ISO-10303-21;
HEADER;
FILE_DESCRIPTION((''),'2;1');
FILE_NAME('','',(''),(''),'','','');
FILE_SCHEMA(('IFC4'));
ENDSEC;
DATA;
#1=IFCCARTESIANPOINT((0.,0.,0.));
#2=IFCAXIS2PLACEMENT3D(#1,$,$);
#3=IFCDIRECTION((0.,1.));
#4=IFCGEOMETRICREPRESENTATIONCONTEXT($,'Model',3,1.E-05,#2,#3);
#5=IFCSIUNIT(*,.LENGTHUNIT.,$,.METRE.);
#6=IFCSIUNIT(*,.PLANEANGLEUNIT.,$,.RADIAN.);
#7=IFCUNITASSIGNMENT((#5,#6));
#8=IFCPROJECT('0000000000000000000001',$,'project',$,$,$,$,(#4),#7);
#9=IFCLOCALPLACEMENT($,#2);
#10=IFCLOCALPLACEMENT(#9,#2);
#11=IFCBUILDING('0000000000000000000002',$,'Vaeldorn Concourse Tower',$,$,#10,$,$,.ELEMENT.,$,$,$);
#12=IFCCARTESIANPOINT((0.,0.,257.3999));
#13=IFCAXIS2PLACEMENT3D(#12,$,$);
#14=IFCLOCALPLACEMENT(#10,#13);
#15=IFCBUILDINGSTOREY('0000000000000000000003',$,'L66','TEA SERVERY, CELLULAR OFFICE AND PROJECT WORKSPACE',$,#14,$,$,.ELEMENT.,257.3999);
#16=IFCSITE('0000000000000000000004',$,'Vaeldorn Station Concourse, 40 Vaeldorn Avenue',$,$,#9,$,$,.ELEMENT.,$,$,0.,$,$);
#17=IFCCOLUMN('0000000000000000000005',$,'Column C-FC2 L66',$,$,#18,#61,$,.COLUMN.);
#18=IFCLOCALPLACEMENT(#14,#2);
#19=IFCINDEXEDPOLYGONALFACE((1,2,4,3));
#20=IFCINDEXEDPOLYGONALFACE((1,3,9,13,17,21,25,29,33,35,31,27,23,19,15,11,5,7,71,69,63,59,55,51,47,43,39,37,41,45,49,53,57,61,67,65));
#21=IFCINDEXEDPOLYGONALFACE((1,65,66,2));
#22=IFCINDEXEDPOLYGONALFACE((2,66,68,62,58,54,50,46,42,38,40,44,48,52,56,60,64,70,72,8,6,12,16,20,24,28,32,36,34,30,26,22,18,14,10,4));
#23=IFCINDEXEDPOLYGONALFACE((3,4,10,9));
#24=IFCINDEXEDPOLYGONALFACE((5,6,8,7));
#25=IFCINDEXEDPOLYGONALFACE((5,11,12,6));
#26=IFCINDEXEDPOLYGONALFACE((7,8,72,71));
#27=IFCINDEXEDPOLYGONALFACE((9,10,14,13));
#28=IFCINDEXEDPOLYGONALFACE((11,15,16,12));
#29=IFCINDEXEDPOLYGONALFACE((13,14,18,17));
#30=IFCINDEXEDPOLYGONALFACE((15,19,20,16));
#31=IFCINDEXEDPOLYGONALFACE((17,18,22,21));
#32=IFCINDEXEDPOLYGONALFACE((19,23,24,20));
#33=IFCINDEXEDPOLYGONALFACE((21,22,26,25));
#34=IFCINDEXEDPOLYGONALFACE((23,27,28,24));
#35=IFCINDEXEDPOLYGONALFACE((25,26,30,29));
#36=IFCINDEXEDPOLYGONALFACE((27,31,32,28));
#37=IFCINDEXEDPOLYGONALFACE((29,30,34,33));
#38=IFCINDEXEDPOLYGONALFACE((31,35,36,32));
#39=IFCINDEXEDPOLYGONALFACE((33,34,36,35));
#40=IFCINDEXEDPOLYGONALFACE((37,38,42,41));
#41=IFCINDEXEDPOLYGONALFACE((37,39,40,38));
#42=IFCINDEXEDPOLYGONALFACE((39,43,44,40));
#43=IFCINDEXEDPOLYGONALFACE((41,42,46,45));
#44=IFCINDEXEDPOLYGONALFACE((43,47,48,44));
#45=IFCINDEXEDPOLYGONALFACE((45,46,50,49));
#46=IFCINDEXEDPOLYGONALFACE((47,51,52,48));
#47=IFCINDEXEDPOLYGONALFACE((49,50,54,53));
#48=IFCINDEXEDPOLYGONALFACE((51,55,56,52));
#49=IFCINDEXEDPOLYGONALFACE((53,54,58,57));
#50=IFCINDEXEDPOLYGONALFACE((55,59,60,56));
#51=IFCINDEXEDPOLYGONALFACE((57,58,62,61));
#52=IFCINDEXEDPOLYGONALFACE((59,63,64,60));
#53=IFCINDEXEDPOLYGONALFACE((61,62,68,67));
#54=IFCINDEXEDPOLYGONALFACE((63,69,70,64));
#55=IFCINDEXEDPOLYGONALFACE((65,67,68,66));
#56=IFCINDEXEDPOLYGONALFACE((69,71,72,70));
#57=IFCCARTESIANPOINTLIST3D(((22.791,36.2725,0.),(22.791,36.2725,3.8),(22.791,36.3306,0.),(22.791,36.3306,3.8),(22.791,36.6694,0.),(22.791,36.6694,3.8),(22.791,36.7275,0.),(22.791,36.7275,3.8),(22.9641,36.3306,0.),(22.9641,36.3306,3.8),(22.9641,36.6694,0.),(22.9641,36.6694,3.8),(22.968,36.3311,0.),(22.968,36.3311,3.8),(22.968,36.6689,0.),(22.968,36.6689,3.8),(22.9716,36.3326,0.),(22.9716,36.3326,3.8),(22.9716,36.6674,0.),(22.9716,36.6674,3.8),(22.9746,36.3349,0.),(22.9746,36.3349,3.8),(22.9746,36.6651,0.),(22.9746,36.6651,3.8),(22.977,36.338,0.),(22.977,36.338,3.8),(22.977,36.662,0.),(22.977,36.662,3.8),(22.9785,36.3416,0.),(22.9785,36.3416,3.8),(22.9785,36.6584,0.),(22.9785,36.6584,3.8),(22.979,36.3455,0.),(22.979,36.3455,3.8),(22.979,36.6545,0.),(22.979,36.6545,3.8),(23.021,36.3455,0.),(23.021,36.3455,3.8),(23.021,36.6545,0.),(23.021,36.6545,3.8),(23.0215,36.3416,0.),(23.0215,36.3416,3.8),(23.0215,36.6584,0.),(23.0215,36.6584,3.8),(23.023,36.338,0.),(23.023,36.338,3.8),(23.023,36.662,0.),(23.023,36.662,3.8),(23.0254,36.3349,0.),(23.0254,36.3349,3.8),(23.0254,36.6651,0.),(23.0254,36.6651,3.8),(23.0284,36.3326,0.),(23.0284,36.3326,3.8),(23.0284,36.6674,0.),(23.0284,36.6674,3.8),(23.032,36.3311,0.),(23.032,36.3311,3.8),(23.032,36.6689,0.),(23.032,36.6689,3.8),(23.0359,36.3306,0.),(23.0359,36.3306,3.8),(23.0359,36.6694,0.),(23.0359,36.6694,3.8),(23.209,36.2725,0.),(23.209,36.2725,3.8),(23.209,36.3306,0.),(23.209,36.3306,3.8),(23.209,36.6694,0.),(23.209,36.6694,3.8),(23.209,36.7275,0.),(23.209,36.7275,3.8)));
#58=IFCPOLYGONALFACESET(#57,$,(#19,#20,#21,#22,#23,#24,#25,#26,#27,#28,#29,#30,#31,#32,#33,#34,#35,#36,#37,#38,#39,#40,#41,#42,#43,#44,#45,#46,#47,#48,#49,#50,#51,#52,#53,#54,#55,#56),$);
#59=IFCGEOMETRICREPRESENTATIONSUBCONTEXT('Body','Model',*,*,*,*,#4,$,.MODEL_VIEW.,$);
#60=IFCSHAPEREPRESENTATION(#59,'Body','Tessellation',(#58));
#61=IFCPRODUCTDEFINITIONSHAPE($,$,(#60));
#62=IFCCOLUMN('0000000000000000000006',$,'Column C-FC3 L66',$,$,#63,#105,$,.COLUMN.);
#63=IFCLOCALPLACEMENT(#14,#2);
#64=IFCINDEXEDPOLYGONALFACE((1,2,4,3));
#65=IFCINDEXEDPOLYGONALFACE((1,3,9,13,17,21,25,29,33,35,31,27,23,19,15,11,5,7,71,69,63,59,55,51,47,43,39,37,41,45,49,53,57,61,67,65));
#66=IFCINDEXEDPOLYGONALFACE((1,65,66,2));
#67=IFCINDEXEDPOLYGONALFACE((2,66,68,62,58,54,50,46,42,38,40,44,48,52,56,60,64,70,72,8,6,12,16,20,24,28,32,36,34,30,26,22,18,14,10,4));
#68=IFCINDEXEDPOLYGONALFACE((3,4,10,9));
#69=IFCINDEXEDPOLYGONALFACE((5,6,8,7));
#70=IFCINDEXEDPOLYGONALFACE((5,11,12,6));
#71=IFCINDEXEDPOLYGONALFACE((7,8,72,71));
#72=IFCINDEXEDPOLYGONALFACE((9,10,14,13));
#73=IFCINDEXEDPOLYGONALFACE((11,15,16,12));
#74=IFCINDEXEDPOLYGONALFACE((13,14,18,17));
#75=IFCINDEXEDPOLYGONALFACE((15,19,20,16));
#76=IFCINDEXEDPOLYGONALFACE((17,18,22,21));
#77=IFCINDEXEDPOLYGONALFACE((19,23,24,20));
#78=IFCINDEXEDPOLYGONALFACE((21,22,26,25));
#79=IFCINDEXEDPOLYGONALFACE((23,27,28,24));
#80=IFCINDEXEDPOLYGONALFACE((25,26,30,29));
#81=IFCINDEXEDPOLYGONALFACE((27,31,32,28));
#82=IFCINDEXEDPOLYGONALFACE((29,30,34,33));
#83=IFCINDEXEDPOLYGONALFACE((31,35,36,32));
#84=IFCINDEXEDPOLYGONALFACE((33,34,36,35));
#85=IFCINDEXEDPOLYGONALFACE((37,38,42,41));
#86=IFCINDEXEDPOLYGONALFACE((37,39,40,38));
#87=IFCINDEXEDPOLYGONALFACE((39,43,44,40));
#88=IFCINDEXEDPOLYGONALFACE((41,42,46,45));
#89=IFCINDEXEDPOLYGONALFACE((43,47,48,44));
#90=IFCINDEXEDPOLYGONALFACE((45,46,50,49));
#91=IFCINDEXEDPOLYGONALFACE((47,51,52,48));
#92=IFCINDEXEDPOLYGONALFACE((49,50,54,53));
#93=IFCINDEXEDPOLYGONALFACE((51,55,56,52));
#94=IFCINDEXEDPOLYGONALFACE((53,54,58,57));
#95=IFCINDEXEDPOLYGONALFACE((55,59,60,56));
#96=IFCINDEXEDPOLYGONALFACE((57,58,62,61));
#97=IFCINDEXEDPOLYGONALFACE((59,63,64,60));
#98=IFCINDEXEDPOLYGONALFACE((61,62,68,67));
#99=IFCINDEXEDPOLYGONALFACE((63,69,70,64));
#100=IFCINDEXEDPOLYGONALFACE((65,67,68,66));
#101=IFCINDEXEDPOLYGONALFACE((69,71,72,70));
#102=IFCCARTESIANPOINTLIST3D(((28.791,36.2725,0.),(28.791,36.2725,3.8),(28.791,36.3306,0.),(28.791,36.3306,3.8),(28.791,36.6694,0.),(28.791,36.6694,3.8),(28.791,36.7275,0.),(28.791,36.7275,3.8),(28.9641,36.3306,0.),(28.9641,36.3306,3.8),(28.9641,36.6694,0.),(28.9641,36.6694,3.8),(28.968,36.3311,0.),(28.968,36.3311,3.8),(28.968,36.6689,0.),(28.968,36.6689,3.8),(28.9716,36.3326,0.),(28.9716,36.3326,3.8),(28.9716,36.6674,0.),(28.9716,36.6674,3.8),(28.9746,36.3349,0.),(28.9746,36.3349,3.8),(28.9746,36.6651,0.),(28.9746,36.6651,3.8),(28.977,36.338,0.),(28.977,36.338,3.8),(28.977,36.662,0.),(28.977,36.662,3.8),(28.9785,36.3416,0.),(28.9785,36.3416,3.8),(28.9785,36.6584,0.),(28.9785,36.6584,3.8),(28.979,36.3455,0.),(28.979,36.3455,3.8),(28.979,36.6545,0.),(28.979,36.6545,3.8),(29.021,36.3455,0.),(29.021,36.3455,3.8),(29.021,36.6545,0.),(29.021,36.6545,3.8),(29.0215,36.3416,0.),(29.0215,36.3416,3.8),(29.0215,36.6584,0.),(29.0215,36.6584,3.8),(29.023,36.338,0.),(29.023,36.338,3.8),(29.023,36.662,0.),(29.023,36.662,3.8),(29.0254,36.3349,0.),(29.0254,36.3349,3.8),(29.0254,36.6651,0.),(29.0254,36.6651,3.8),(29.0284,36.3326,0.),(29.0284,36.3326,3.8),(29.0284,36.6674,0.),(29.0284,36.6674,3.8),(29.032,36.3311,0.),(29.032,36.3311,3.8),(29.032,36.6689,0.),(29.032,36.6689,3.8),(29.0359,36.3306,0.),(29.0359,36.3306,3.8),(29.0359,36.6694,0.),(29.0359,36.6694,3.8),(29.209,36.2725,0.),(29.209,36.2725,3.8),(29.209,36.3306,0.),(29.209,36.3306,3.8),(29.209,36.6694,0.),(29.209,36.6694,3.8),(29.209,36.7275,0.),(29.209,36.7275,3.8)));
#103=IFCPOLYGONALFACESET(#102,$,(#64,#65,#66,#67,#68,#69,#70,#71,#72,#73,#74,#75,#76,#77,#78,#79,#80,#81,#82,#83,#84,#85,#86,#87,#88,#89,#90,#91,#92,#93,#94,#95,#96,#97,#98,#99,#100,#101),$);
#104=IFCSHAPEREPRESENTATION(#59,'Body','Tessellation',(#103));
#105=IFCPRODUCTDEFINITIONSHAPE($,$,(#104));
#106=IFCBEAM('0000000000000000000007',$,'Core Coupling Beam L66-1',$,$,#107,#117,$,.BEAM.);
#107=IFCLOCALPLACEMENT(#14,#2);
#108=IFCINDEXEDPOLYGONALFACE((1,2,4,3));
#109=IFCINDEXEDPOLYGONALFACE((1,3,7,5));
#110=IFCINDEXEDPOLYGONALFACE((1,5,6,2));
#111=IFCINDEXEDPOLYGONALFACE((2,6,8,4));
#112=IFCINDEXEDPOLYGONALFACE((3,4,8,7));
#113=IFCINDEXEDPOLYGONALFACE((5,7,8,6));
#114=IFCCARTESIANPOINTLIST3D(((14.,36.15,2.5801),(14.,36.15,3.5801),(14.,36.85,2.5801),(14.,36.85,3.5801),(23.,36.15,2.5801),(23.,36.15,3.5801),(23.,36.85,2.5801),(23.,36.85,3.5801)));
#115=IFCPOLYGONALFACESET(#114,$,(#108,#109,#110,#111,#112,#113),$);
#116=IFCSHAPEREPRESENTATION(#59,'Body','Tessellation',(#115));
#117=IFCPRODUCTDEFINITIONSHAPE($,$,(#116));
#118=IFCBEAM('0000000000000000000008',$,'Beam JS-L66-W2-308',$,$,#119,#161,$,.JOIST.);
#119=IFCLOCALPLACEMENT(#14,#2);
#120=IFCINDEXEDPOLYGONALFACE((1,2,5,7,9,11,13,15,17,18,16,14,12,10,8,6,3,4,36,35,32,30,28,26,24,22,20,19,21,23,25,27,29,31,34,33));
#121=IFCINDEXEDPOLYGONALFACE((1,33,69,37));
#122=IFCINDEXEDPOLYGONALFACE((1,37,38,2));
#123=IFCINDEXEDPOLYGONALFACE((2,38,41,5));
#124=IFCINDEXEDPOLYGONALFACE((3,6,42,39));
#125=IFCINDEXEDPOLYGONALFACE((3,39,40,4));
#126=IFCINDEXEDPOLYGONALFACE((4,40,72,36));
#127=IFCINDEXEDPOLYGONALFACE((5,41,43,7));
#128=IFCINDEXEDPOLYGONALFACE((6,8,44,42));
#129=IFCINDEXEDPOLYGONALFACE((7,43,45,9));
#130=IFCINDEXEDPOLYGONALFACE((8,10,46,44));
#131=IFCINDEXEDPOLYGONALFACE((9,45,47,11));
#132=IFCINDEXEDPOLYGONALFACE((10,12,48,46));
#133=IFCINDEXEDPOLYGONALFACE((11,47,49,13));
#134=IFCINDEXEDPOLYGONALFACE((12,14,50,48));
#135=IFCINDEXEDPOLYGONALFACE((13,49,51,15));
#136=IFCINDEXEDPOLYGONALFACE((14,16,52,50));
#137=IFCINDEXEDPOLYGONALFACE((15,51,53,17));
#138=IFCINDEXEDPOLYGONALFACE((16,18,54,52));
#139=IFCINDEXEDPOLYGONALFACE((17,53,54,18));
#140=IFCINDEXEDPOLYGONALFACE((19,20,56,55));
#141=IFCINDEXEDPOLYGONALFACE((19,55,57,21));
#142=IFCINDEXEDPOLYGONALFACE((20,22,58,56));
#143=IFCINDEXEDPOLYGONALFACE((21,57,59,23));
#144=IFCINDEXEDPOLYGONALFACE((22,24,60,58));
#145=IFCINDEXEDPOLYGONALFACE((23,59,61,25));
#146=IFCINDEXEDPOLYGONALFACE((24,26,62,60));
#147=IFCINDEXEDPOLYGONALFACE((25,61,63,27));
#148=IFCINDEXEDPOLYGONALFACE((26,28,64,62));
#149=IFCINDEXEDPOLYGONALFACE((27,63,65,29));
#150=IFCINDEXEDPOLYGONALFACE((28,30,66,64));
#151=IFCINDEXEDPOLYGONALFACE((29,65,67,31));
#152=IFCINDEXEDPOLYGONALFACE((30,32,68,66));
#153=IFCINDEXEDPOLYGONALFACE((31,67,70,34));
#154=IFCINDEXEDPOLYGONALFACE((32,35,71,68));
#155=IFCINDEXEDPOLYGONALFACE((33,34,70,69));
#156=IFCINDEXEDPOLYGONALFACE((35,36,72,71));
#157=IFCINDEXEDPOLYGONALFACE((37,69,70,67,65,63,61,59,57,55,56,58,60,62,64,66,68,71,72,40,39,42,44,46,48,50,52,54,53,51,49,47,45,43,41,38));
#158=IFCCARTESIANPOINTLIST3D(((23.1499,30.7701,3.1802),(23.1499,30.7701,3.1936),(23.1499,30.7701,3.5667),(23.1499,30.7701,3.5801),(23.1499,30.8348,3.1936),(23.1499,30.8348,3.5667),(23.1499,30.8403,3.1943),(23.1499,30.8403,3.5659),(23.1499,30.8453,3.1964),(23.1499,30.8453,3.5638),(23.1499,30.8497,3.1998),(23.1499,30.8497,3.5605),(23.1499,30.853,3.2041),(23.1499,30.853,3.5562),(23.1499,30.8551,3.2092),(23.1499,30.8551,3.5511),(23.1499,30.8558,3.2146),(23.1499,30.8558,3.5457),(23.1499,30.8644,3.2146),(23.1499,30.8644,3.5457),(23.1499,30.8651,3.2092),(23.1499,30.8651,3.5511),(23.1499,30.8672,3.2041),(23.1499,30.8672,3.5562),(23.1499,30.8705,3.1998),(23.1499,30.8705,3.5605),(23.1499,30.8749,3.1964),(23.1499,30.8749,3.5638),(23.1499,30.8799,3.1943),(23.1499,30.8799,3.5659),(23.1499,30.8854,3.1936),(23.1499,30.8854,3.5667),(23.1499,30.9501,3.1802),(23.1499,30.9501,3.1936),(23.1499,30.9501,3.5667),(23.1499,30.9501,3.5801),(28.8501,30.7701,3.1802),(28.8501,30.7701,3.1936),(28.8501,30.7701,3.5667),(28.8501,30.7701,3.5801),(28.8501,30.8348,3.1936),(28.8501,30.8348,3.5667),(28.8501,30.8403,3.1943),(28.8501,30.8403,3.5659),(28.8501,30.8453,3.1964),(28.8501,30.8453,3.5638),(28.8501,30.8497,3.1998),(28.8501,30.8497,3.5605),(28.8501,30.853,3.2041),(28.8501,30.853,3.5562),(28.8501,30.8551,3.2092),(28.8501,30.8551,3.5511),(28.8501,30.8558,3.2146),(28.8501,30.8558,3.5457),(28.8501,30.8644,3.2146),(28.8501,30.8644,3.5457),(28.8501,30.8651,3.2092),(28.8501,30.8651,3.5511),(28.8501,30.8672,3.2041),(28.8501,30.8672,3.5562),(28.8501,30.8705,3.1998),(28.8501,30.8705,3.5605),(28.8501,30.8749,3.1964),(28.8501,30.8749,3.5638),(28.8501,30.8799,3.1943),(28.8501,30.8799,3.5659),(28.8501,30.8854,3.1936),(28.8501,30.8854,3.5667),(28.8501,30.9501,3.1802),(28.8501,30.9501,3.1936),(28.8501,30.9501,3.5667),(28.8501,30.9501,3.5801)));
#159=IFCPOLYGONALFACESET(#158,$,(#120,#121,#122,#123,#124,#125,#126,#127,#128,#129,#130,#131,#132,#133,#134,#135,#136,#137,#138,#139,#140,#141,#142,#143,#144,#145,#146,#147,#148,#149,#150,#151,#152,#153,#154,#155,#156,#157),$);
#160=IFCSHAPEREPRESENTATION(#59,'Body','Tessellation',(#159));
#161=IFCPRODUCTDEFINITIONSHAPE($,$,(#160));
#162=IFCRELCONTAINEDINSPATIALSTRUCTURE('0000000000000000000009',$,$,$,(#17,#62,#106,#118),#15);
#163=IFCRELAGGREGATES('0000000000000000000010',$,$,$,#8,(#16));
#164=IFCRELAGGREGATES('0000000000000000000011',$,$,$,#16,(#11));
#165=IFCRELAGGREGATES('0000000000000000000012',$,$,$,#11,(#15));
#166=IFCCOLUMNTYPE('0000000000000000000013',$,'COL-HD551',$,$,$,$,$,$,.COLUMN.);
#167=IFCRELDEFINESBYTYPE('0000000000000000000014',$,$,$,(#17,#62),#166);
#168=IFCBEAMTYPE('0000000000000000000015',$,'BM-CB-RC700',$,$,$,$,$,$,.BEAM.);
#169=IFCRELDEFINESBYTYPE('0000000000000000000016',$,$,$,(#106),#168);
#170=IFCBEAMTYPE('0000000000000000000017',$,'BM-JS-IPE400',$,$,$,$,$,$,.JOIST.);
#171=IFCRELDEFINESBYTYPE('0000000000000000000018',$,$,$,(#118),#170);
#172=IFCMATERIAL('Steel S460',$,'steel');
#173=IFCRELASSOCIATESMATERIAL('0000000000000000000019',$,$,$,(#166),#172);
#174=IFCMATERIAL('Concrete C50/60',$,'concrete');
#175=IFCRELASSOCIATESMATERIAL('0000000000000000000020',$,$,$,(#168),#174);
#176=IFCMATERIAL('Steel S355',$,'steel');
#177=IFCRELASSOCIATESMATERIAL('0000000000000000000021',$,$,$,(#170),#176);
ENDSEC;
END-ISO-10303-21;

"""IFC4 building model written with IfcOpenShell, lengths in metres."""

from ifc_helpers import new_model, si_unit, direction, frame, origin, origin_2d, place, context, subcontext, project, spatial, rectangle, i_section, extrude, source, transform, mapped, material, material_profile, profile_set, type_object, element, save


model = new_model("IFC4")

# Units and contexts
model_context = context("Model", 3, precision=1e-05, world=origin(), true_north=direction((0.0, 1.0)))
body_context = subcontext(model_context, "Body", "Model", "MODEL_VIEW")
ifc_project = project(units=[si_unit("LENGTHUNIT", "METRE"), si_unit("PLANEANGLEUNIT", "RADIAN")], contexts=[model_context])

# Site, building, storey
site_placement = place(None, origin())
site = spatial("IfcSite", under=ifc_project, at=site_placement, Name="Vaeldorn Station Concourse, 40 Vaeldorn Avenue", CompositionType="ELEMENT", RefElevation=0.0)
building_placement = place(site_placement, origin())
building = spatial("IfcBuilding", under=site, at=building_placement, Name="Vaeldorn Concourse Tower", CompositionType="ELEMENT")
storey_placement = place(building_placement, frame((0.0, 0.0, 257.3999)))
storey = spatial("IfcBuildingStorey", under=building, at=storey_placement, Name="L66", Description="TEA SERVERY, CELLULAR OFFICE AND PROJECT WORKSPACE", CompositionType="ELEMENT", Elevation=257.3999)

# Columns
ifc_material_1 = material(Name="Steel S460", Category="steel")
ifc_material_profile_1 = material_profile(ifc_material_1, i_section(OverallWidth=0.418, OverallDepth=0.4551, WebThickness=0.042, FlangeThickness=0.0581, FilletRadius=0.0149, at=origin_2d()), Name="HD 400x551")
ifc_profile_set_1 = profile_set([ifc_material_profile_1], Name="Steel S460")
column_type = type_object("IfcColumnType", Name="COL-HD551", PredefinedType="COLUMN", material=ifc_profile_set_1)
shared_shape_1 = source(origin(), body_context, "Body", "SweptSolid", [
    extrude(i_section(OverallWidth=0.418, OverallDepth=0.4551, WebThickness=0.042, FlangeThickness=0.0581, FilletRadius=0.0149, at=origin_2d()), origin(), (0.0, 0.0, 1.0), 3.8),
])
for number, where, z_axis, x_axis, name in (
    (1, (23.0, 36.5, 0.0), (0.0, 0.0, 1.0), (1.0, 0.0, 0.0), "Column C-FC2 L66"),
    (2, (29.0, 36.5, 0.0), (0.0, 0.0, 1.0), (1.0, 0.0, 0.0), "Column C-FC3 L66"),
):
    element("IfcColumn", number, at=place(storey_placement, frame(where, z_axis=z_axis, x_axis=x_axis)), inside=storey, type_object=column_type, Name=name, PredefinedType="COLUMN", context=body_context, shape_type="MappedRepresentation", body=[
        mapped(shared_shape_1, transform((0.0, 0.0, 0.0), scale=1.0)),
    ])

# Beams
ifc_material_2 = material(Name="Concrete C50/60", Category="concrete")
ifc_material_profile_2 = material_profile(ifc_material_2, rectangle(XDim=0.7, YDim=1.0, at=origin_2d()), Name="RC 700x1000")
ifc_profile_set_2 = profile_set([ifc_material_profile_2], Name="Concrete C50/60")
beam_type_1 = type_object("IfcBeamType", Name="BM-CB-RC700", PredefinedType="BEAM", material=ifc_profile_set_2)
shared_shape_2 = source(origin(), body_context, "Body", "SweptSolid", [
    extrude(rectangle(XDim=0.7, YDim=1.0, at=origin_2d()), origin(), (0.0, 0.0, 1.0), 9.0),
])
beam_1_placement = place(storey_placement, frame((14.0, 36.5, 3.0801), z_axis=(1.0, 0.0, 0.0), x_axis=(0.0, 1.0, 0.0)))
element("IfcBeam", 3, at=beam_1_placement, inside=storey, type_object=beam_type_1, Name="Core Coupling Beam L66-1", PredefinedType="BEAM", context=body_context, shape_type="MappedRepresentation", body=[
    mapped(shared_shape_2, transform((0.0, 0.0, 0.0), scale=1.0)),
])
ifc_material_3 = material(Name="Steel S355", Category="steel")
ifc_material_profile_3 = material_profile(ifc_material_3, i_section(OverallWidth=0.1799, OverallDepth=0.3999, WebThickness=0.0085, FlangeThickness=0.0134, FilletRadius=0.021, at=origin_2d()), Name="IPE 400")
ifc_profile_set_3 = profile_set([ifc_material_profile_3], Name="Steel S355")
beam_type_2 = type_object("IfcBeamType", Name="BM-JS-IPE400", PredefinedType="JOIST", material=ifc_profile_set_3)
shared_shape_3 = source(origin(), body_context, "Body", "SweptSolid", [
    extrude(i_section(OverallWidth=0.1799, OverallDepth=0.3999, WebThickness=0.0085, FlangeThickness=0.0134, FilletRadius=0.021, at=origin_2d()), origin(), (0.0, 0.0, 1.0), 5.7002),
])
for number, where, z_axis, x_axis, name in (
    (4, (23.1499, 30.8601, 3.3801), (1.0, 0.0, 0.0), (0.0, 1.0, 0.0), "Beam JS-L66-W2-308"),
):
    element("IfcBeam", number, at=place(storey_placement, frame(where, z_axis=z_axis, x_axis=x_axis)), inside=storey, type_object=beam_type_2, Name=name, PredefinedType="JOIST", context=body_context, shape_type="MappedRepresentation", body=[
        mapped(shared_shape_3, transform((0.0, 0.0, 0.0), scale=1.0)),
    ])

save(model, "model.ifc")
